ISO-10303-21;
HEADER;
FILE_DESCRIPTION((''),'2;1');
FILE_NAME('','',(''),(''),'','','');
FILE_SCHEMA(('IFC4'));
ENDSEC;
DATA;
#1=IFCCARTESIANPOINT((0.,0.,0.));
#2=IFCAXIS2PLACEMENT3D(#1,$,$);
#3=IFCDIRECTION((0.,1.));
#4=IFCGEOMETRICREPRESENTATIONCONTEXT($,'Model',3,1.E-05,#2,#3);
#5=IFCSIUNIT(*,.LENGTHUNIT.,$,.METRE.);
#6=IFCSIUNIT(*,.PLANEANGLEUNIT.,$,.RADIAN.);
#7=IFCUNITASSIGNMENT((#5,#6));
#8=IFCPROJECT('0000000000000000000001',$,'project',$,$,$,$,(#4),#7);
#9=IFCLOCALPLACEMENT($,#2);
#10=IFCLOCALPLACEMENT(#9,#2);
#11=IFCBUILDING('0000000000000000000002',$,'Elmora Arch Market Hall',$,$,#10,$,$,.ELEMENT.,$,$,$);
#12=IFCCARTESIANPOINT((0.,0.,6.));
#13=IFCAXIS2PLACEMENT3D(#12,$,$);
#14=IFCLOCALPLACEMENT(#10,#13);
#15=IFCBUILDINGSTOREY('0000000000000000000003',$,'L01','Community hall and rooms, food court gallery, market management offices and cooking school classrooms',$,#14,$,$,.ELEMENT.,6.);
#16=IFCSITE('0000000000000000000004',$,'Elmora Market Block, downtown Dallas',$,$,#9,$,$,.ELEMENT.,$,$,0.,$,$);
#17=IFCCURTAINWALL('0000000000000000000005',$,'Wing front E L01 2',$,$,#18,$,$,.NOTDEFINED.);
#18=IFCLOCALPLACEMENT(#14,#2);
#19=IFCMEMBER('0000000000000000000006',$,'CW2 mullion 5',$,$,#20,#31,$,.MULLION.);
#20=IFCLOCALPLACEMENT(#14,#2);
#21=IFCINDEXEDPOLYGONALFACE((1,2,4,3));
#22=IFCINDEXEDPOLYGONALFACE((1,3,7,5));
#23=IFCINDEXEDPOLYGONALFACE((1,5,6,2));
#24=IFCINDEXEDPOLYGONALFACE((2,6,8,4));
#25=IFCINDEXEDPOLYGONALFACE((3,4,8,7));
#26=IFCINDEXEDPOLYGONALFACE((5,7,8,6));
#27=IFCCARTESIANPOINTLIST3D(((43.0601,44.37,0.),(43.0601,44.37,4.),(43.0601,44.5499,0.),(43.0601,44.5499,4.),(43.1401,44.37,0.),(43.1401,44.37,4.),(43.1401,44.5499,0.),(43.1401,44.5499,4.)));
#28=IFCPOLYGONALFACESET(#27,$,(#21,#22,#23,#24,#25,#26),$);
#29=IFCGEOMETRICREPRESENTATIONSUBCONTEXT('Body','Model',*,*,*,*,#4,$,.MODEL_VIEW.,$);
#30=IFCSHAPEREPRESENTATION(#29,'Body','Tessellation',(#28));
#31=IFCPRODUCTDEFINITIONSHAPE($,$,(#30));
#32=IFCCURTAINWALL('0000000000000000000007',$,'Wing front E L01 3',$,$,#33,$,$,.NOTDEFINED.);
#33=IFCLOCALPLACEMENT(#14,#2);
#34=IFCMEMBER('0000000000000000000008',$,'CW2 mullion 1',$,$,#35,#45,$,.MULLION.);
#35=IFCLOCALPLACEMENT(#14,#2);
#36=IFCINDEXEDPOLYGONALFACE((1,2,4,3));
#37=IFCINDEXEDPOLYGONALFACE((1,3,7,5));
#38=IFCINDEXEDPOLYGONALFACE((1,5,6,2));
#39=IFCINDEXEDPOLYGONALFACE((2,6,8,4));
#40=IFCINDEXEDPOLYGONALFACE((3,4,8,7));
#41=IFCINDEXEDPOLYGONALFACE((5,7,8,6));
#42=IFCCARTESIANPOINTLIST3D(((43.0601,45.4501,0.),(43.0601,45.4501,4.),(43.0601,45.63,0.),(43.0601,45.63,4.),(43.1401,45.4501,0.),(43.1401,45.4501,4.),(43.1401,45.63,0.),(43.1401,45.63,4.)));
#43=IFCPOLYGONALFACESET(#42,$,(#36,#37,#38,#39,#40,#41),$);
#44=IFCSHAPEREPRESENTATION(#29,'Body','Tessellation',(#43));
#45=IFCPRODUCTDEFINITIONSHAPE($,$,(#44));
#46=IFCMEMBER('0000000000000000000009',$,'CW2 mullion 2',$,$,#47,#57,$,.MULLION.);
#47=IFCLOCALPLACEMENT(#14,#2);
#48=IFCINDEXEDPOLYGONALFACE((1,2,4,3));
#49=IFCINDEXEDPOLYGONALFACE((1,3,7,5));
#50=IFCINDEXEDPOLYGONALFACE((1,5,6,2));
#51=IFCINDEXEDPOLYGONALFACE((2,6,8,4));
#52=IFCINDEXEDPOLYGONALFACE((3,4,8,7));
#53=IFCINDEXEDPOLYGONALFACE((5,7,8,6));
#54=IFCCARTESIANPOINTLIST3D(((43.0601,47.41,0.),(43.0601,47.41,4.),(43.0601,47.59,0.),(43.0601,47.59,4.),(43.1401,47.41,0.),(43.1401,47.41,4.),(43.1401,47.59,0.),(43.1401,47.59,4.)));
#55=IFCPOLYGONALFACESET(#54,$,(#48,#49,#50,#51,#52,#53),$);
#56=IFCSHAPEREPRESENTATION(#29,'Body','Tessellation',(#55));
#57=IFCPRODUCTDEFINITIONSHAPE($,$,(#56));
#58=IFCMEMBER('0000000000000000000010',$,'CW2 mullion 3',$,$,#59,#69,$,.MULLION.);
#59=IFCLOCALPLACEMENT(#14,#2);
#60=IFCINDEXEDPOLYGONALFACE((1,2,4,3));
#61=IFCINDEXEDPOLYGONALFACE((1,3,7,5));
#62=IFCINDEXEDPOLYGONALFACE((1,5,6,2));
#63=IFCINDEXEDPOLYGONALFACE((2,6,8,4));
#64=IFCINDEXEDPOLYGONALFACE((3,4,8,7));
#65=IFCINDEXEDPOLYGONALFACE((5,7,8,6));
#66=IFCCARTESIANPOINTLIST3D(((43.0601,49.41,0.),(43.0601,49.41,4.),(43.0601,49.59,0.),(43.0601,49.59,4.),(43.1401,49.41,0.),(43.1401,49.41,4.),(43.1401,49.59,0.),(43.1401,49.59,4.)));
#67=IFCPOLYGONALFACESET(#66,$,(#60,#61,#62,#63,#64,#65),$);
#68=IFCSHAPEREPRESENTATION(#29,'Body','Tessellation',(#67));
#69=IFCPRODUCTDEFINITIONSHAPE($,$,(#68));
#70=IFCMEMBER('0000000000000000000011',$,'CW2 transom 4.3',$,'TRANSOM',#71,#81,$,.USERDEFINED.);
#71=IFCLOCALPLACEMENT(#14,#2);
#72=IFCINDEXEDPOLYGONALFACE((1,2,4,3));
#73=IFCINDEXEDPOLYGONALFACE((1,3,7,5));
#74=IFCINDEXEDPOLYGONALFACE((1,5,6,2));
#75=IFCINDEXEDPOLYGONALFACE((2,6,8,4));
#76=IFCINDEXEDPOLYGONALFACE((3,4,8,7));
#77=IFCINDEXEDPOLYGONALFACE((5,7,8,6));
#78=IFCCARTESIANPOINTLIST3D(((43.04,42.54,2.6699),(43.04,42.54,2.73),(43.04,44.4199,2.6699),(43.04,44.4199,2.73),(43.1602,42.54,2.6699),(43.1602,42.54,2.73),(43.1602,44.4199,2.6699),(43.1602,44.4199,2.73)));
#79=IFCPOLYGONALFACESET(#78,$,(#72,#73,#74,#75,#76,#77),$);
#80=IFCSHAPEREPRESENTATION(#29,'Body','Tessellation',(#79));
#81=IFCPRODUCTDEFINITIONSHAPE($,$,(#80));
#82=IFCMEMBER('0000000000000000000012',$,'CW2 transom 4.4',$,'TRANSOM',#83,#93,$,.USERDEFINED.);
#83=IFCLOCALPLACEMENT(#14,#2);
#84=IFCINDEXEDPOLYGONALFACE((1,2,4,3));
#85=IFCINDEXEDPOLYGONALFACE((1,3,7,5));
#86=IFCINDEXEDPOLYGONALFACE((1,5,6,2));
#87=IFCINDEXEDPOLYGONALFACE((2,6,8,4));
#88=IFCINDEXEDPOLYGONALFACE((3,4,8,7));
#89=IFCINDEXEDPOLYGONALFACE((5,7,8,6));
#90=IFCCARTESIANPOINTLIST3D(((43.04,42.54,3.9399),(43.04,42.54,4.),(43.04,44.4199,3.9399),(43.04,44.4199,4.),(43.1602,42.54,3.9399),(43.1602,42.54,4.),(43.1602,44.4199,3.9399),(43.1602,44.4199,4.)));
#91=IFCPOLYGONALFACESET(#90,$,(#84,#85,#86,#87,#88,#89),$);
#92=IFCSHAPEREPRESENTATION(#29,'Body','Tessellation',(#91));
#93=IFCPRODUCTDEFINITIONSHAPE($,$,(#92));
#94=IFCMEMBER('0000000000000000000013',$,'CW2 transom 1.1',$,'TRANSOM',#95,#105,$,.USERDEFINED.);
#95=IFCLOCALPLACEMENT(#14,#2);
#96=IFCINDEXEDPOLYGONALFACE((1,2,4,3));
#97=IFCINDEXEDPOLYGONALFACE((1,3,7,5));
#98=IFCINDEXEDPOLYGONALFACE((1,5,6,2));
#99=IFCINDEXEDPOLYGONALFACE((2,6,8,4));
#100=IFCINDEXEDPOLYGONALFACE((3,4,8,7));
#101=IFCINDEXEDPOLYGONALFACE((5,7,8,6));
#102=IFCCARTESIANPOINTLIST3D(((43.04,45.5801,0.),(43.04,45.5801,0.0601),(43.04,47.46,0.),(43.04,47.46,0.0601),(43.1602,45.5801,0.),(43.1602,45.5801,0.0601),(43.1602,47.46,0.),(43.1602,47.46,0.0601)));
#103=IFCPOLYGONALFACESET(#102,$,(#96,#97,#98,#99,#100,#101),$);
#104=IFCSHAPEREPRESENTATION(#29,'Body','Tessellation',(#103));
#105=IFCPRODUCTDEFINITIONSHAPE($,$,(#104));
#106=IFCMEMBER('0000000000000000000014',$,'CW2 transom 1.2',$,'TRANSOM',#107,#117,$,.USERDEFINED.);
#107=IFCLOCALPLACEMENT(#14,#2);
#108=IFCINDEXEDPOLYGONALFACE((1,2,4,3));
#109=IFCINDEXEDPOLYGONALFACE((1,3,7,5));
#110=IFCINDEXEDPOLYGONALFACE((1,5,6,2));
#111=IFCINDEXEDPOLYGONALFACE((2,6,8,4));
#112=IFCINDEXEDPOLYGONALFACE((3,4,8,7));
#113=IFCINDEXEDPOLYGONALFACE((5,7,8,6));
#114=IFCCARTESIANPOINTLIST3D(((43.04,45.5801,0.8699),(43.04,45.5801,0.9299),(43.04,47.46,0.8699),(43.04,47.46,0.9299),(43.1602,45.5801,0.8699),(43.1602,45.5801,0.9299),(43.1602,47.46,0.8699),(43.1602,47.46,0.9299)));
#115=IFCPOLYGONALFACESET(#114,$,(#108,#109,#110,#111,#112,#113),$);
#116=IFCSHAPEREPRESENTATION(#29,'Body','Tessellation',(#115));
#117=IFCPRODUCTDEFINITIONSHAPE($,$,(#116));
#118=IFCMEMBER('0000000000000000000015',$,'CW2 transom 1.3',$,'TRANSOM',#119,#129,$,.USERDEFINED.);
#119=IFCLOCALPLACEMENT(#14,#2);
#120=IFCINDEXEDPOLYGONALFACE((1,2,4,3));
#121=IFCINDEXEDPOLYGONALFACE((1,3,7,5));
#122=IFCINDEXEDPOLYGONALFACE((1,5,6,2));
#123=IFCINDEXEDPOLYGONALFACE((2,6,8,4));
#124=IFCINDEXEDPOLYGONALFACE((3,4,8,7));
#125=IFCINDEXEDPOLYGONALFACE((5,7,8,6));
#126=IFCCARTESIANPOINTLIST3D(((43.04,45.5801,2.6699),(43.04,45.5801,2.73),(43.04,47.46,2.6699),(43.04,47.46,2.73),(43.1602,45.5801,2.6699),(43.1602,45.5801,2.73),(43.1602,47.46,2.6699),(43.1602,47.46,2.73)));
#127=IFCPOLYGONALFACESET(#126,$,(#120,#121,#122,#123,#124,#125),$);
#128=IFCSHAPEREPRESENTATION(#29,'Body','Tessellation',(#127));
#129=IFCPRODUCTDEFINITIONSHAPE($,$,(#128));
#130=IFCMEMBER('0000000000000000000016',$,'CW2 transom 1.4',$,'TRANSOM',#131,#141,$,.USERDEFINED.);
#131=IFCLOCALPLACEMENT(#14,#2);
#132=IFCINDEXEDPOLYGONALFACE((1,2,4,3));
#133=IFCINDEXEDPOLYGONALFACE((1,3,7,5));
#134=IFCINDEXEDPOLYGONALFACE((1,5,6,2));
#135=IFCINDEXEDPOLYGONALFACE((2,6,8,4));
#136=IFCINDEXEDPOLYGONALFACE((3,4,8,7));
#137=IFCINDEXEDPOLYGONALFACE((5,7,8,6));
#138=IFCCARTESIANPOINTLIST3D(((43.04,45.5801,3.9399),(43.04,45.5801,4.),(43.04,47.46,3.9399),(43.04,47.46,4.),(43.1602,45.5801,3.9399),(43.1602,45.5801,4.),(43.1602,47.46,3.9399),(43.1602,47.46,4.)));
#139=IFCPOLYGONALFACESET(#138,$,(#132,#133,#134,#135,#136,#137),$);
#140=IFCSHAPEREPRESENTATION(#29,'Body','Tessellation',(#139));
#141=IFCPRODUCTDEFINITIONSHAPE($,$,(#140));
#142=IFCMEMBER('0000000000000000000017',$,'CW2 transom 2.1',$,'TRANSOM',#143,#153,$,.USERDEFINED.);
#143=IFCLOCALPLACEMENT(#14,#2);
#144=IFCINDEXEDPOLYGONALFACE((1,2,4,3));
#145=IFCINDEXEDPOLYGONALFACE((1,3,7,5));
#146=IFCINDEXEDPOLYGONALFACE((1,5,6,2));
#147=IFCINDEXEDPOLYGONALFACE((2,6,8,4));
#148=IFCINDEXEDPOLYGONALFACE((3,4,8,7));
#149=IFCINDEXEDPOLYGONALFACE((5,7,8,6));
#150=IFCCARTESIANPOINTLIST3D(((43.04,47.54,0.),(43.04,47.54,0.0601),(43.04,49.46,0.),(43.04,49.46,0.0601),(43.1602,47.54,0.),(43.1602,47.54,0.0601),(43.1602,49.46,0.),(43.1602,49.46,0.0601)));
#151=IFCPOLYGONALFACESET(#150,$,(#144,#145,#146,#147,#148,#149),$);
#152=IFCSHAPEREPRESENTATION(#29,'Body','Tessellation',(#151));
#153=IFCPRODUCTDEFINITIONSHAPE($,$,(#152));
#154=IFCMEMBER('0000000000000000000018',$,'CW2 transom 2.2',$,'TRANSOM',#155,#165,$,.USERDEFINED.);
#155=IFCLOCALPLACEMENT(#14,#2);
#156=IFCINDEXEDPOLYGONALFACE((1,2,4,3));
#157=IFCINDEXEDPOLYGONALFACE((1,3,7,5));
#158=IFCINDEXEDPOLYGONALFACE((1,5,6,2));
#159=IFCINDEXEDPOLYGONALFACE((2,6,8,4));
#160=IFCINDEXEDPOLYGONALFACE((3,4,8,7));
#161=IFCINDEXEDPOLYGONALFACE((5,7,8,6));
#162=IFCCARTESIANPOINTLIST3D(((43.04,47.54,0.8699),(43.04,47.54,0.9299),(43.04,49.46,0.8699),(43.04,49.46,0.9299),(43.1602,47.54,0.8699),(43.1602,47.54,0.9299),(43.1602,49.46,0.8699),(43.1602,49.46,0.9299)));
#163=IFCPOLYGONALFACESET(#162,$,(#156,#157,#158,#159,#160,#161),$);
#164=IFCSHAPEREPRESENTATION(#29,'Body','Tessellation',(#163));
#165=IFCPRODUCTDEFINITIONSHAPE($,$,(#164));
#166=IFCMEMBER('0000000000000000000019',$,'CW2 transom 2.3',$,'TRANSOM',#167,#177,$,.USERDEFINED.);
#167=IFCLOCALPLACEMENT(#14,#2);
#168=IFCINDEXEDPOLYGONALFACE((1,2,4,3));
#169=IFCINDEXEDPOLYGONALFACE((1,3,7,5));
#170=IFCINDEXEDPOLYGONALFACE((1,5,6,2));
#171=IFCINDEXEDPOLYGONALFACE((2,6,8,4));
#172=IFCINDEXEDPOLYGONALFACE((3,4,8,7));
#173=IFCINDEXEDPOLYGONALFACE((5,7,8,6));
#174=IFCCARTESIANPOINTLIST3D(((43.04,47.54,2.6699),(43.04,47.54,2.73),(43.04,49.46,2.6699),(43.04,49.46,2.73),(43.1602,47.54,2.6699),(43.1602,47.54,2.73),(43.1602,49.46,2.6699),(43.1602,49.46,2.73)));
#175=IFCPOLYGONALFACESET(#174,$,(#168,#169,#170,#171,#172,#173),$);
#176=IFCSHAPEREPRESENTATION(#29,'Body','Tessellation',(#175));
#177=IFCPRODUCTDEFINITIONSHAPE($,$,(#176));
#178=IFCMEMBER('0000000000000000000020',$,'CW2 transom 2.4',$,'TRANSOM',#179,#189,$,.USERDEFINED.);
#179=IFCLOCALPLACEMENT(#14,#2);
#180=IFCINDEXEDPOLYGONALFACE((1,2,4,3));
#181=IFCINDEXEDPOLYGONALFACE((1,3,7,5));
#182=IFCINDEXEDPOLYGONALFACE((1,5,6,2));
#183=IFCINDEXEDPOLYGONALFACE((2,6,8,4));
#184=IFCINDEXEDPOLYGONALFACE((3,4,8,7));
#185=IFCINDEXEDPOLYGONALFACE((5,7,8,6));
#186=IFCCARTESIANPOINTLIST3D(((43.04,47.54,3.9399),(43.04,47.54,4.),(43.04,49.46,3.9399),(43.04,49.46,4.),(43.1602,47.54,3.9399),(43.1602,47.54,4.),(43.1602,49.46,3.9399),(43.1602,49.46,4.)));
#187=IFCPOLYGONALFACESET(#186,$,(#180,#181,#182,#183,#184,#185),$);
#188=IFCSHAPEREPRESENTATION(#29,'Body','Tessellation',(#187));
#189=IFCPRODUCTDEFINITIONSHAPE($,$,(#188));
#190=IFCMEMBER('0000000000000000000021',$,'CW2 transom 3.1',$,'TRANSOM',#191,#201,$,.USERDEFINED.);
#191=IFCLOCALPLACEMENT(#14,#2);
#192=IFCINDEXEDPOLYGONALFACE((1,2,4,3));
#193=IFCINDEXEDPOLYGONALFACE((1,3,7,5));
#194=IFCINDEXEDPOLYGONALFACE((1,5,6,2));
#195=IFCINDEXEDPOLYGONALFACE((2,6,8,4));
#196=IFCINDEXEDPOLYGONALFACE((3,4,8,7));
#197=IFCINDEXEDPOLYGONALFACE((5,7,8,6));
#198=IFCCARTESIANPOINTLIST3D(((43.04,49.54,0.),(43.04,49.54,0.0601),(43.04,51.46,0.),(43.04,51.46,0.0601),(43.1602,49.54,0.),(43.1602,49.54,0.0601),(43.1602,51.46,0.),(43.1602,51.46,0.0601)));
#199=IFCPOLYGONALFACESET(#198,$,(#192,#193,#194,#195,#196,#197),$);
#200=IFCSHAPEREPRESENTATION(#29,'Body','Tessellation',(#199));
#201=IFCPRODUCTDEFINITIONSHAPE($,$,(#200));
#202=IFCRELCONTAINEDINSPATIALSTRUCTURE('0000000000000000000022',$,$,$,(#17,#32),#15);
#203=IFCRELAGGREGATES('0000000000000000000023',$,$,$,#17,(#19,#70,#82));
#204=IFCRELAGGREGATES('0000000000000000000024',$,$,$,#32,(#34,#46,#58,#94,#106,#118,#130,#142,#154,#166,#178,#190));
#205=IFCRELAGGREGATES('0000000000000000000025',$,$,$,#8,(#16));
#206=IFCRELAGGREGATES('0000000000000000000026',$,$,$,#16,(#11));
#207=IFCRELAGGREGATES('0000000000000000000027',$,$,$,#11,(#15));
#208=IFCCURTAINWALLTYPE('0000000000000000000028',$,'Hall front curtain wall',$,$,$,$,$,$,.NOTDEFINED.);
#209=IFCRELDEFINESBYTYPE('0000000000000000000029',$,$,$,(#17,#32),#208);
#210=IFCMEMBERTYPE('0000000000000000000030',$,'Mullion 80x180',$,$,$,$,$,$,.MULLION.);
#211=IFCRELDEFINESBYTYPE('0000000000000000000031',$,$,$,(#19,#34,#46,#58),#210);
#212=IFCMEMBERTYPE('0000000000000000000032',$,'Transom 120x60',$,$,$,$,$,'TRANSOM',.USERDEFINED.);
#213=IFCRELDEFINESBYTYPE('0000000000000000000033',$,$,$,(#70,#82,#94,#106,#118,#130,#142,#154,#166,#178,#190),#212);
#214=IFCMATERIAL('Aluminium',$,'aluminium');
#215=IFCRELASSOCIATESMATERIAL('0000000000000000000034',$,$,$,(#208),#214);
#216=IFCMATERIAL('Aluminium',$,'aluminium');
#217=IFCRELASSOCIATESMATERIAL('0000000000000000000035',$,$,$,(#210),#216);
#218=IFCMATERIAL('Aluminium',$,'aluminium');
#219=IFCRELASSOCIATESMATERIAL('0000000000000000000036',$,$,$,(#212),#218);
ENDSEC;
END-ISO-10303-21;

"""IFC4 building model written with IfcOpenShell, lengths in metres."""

from ifc_helpers import new_model, si_unit, direction, frame, origin, origin_2d, place, context, subcontext, project, spatial, rectangle, extrude, material, material_profile, profile_set, type_object, element, aggregate, save


model = new_model("IFC4")

# Units and contexts
model_context = context("Model", 3, precision=1e-05, world=origin(), true_north=direction((0.0, 1.0)))
body_context = subcontext(model_context, "Body", "Model", "MODEL_VIEW")
ifc_project = project(units=[si_unit("LENGTHUNIT", "METRE"), si_unit("PLANEANGLEUNIT", "RADIAN")], contexts=[model_context])

# Site, building, storey
site_placement = place(None, origin())
site = spatial("IfcSite", under=ifc_project, at=site_placement, Name="Elmora Market Block, downtown Dallas", CompositionType="ELEMENT", RefElevation=0.0)
building_placement = place(site_placement, origin())
building = spatial("IfcBuilding", under=site, at=building_placement, Name="Elmora Arch Market Hall", CompositionType="ELEMENT")
storey_placement = place(building_placement, frame((0.0, 0.0, 6.0)))
storey = spatial("IfcBuildingStorey", under=building, at=storey_placement, Name="L01", Description="Community hall and rooms, food court gallery, market management offices and cooking school classrooms", CompositionType="ELEMENT", Elevation=6.0)

# Curtain wall, member
ifc_material_1 = material(Name="Aluminium", Category="aluminium")
curtain_wall_type = type_object("IfcCurtainWallType", Name="Hall front curtain wall", PredefinedType="NOTDEFINED", material=ifc_material_1)
curtain_wall_1_placement = place(storey_placement, origin())
curtain_wall_1 = element("IfcCurtainWall", 1, at=curtain_wall_1_placement, inside=storey, type_object=curtain_wall_type, Name="Wing front E L01 2", PredefinedType="NOTDEFINED")
ifc_material_2 = material(Name="Aluminium", Category="aluminium")
ifc_material_profile_1 = material_profile(ifc_material_2, rectangle(XDim=0.0801, YDim=0.1799, at=origin_2d()), Name="AL 80x180")
ifc_profile_set_1 = profile_set([ifc_material_profile_1], Name="Aluminium")
member_type_1 = type_object("IfcMemberType", Name="Mullion 80x180", PredefinedType="MULLION", material=ifc_profile_set_1)
member_1_placement = place(storey_placement, frame((43.1001, 44.46, 0.0), z_axis=(0.0, 0.0, 1.0), x_axis=(-1.0, 0.0, 0.0)))
member_1 = element("IfcMember", 2, at=member_1_placement, type_object=member_type_1, Name="CW2 mullion 5", PredefinedType="MULLION", context=body_context, shape_type="SweptSolid", body=[
    extrude(rectangle(XDim=0.0801, YDim=0.1799, at=origin_2d()), origin(), (0.0, 0.0, 1.0), 4.0),
])

# Curtain wall, members
curtain_wall_2_placement = place(storey_placement, origin())
curtain_wall_2 = element("IfcCurtainWall", 3, at=curtain_wall_2_placement, inside=storey, type_object=curtain_wall_type, Name="Wing front E L01 3", PredefinedType="NOTDEFINED")
member_2_placement = place(storey_placement, frame((43.1001, 45.54, 0.0), z_axis=(0.0, 0.0, 1.0), x_axis=(-1.0, 0.0, 0.0)))
member_2 = element("IfcMember", 4, at=member_2_placement, type_object=member_type_1, Name="CW2 mullion 1", PredefinedType="MULLION", context=body_context, shape_type="SweptSolid", body=[
    extrude(rectangle(XDim=0.0801, YDim=0.1799, at=origin_2d()), origin(), (0.0, 0.0, 1.0), 4.0),
])
member_3_placement = place(storey_placement, frame((43.1001, 47.5, 0.0), z_axis=(0.0, 0.0, 1.0), x_axis=(-1.0, 0.0, 0.0)))
member_3 = element("IfcMember", 5, at=member_3_placement, type_object=member_type_1, Name="CW2 mullion 2", PredefinedType="MULLION", context=body_context, shape_type="SweptSolid", body=[
    extrude(rectangle(XDim=0.0801, YDim=0.1799, at=origin_2d()), origin(), (0.0, 0.0, 1.0), 4.0),
])
member_4_placement = place(storey_placement, frame((43.1001, 49.5, 0.0), z_axis=(0.0, 0.0, 1.0), x_axis=(-1.0, 0.0, 0.0)))
member_4 = element("IfcMember", 6, at=member_4_placement, type_object=member_type_1, Name="CW2 mullion 3", PredefinedType="MULLION", context=body_context, shape_type="SweptSolid", body=[
    extrude(rectangle(XDim=0.0801, YDim=0.1799, at=origin_2d()), origin(), (0.0, 0.0, 1.0), 4.0),
])

# Members
ifc_material_3 = material(Name="Aluminium", Category="aluminium")
ifc_material_profile_2 = material_profile(ifc_material_3, rectangle(XDim=0.1201, YDim=0.0601, at=origin_2d()), Name="AL 120x60")
ifc_profile_set_2 = profile_set([ifc_material_profile_2], Name="Aluminium")
member_type_2 = type_object("IfcMemberType", Name="Transom 120x60", ElementType="TRANSOM", PredefinedType="USERDEFINED", material=ifc_profile_set_2)
member_5_placement = place(storey_placement, frame((43.1001, 42.54, 2.7), z_axis=(0.0, 1.0, 0.0), x_axis=(-1.0, 0.0, 0.0)))
member_5 = element("IfcMember", 7, at=member_5_placement, type_object=member_type_2, Name="CW2 transom 4.3", ObjectType="TRANSOM", PredefinedType="USERDEFINED", context=body_context, shape_type="SweptSolid", body=[
    extrude(rectangle(XDim=0.1201, YDim=0.0601, at=origin_2d()), origin(), (0.0, 0.0, 1.0), 1.8799),
])
member_6_placement = place(storey_placement, frame((43.1001, 42.54, 3.97), z_axis=(0.0, 1.0, 0.0), x_axis=(-1.0, 0.0, 0.0)))
member_6 = element("IfcMember", 8, at=member_6_placement, type_object=member_type_2, Name="CW2 transom 4.4", ObjectType="TRANSOM", PredefinedType="USERDEFINED", context=body_context, shape_type="SweptSolid", body=[
    extrude(rectangle(XDim=0.1201, YDim=0.0601, at=origin_2d()), origin(), (0.0, 0.0, 1.0), 1.8799),
])
member_7_placement = place(storey_placement, frame((43.1001, 45.5801, 0.03), z_axis=(0.0, 1.0, 0.0), x_axis=(-1.0, 0.0, 0.0)))
member_7 = element("IfcMember", 9, at=member_7_placement, type_object=member_type_2, Name="CW2 transom 1.1", ObjectType="TRANSOM", PredefinedType="USERDEFINED", context=body_context, shape_type="SweptSolid", body=[
    extrude(rectangle(XDim=0.1201, YDim=0.0601, at=origin_2d()), origin(), (0.0, 0.0, 1.0), 1.8799),
])
member_8_placement = place(storey_placement, frame((43.1001, 45.5801, 0.8999), z_axis=(0.0, 1.0, 0.0), x_axis=(-1.0, 0.0, 0.0)))
member_8 = element("IfcMember", 10, at=member_8_placement, type_object=member_type_2, Name="CW2 transom 1.2", ObjectType="TRANSOM", PredefinedType="USERDEFINED", context=body_context, shape_type="SweptSolid", body=[
    extrude(rectangle(XDim=0.1201, YDim=0.0601, at=origin_2d()), origin(), (0.0, 0.0, 1.0), 1.8799),
])
member_9_placement = place(storey_placement, frame((43.1001, 45.5801, 2.7), z_axis=(0.0, 1.0, 0.0), x_axis=(-1.0, 0.0, 0.0)))
member_9 = element("IfcMember", 11, at=member_9_placement, type_object=member_type_2, Name="CW2 transom 1.3", ObjectType="TRANSOM", PredefinedType="USERDEFINED", context=body_context, shape_type="SweptSolid", body=[
    extrude(rectangle(XDim=0.1201, YDim=0.0601, at=origin_2d()), origin(), (0.0, 0.0, 1.0), 1.8799),
])
member_10_placement = place(storey_placement, frame((43.1001, 45.5801, 3.97), z_axis=(0.0, 1.0, 0.0), x_axis=(-1.0, 0.0, 0.0)))
member_10 = element("IfcMember", 12, at=member_10_placement, type_object=member_type_2, Name="CW2 transom 1.4", ObjectType="TRANSOM", PredefinedType="USERDEFINED", context=body_context, shape_type="SweptSolid", body=[
    extrude(rectangle(XDim=0.1201, YDim=0.0601, at=origin_2d()), origin(), (0.0, 0.0, 1.0), 1.8799),
])
member_11_placement = place(storey_placement, frame((43.1001, 47.54, 0.03), z_axis=(0.0, 1.0, 0.0), x_axis=(-1.0, 0.0, 0.0)))
member_11 = element("IfcMember", 13, at=member_11_placement, type_object=member_type_2, Name="CW2 transom 2.1", ObjectType="TRANSOM", PredefinedType="USERDEFINED", context=body_context, shape_type="SweptSolid", body=[
    extrude(rectangle(XDim=0.1201, YDim=0.0601, at=origin_2d()), origin(), (0.0, 0.0, 1.0), 1.9199),
])
member_12_placement = place(storey_placement, frame((43.1001, 47.54, 0.8999), z_axis=(0.0, 1.0, 0.0), x_axis=(-1.0, 0.0, 0.0)))
member_12 = element("IfcMember", 14, at=member_12_placement, type_object=member_type_2, Name="CW2 transom 2.2", ObjectType="TRANSOM", PredefinedType="USERDEFINED", context=body_context, shape_type="SweptSolid", body=[
    extrude(rectangle(XDim=0.1201, YDim=0.0601, at=origin_2d()), origin(), (0.0, 0.0, 1.0), 1.9199),
])
member_13_placement = place(storey_placement, frame((43.1001, 47.54, 2.7), z_axis=(0.0, 1.0, 0.0), x_axis=(-1.0, 0.0, 0.0)))
member_13 = element("IfcMember", 15, at=member_13_placement, type_object=member_type_2, Name="CW2 transom 2.3", ObjectType="TRANSOM", PredefinedType="USERDEFINED", context=body_context, shape_type="SweptSolid", body=[
    extrude(rectangle(XDim=0.1201, YDim=0.0601, at=origin_2d()), origin(), (0.0, 0.0, 1.0), 1.9199),
])
member_14_placement = place(storey_placement, frame((43.1001, 47.54, 3.97), z_axis=(0.0, 1.0, 0.0), x_axis=(-1.0, 0.0, 0.0)))
member_14 = element("IfcMember", 16, at=member_14_placement, type_object=member_type_2, Name="CW2 transom 2.4", ObjectType="TRANSOM", PredefinedType="USERDEFINED", context=body_context, shape_type="SweptSolid", body=[
    extrude(rectangle(XDim=0.1201, YDim=0.0601, at=origin_2d()), origin(), (0.0, 0.0, 1.0), 1.9199),
])
member_15_placement = place(storey_placement, frame((43.1001, 49.54, 0.03), z_axis=(0.0, 1.0, 0.0), x_axis=(-1.0, 0.0, 0.0)))
member_15 = element("IfcMember", 17, at=member_15_placement, type_object=member_type_2, Name="CW2 transom 3.1", ObjectType="TRANSOM", PredefinedType="USERDEFINED", context=body_context, shape_type="SweptSolid", body=[
    extrude(rectangle(XDim=0.1201, YDim=0.0601, at=origin_2d()), origin(), (0.0, 0.0, 1.0), 1.9199),
])

aggregate(curtain_wall_1, [member_1, member_5, member_6])
aggregate(curtain_wall_2, [member_2, member_3, member_4, member_7, member_8, member_9, member_10, member_11, member_12, member_13, member_14, member_15])

save(model, "model.ifc")
